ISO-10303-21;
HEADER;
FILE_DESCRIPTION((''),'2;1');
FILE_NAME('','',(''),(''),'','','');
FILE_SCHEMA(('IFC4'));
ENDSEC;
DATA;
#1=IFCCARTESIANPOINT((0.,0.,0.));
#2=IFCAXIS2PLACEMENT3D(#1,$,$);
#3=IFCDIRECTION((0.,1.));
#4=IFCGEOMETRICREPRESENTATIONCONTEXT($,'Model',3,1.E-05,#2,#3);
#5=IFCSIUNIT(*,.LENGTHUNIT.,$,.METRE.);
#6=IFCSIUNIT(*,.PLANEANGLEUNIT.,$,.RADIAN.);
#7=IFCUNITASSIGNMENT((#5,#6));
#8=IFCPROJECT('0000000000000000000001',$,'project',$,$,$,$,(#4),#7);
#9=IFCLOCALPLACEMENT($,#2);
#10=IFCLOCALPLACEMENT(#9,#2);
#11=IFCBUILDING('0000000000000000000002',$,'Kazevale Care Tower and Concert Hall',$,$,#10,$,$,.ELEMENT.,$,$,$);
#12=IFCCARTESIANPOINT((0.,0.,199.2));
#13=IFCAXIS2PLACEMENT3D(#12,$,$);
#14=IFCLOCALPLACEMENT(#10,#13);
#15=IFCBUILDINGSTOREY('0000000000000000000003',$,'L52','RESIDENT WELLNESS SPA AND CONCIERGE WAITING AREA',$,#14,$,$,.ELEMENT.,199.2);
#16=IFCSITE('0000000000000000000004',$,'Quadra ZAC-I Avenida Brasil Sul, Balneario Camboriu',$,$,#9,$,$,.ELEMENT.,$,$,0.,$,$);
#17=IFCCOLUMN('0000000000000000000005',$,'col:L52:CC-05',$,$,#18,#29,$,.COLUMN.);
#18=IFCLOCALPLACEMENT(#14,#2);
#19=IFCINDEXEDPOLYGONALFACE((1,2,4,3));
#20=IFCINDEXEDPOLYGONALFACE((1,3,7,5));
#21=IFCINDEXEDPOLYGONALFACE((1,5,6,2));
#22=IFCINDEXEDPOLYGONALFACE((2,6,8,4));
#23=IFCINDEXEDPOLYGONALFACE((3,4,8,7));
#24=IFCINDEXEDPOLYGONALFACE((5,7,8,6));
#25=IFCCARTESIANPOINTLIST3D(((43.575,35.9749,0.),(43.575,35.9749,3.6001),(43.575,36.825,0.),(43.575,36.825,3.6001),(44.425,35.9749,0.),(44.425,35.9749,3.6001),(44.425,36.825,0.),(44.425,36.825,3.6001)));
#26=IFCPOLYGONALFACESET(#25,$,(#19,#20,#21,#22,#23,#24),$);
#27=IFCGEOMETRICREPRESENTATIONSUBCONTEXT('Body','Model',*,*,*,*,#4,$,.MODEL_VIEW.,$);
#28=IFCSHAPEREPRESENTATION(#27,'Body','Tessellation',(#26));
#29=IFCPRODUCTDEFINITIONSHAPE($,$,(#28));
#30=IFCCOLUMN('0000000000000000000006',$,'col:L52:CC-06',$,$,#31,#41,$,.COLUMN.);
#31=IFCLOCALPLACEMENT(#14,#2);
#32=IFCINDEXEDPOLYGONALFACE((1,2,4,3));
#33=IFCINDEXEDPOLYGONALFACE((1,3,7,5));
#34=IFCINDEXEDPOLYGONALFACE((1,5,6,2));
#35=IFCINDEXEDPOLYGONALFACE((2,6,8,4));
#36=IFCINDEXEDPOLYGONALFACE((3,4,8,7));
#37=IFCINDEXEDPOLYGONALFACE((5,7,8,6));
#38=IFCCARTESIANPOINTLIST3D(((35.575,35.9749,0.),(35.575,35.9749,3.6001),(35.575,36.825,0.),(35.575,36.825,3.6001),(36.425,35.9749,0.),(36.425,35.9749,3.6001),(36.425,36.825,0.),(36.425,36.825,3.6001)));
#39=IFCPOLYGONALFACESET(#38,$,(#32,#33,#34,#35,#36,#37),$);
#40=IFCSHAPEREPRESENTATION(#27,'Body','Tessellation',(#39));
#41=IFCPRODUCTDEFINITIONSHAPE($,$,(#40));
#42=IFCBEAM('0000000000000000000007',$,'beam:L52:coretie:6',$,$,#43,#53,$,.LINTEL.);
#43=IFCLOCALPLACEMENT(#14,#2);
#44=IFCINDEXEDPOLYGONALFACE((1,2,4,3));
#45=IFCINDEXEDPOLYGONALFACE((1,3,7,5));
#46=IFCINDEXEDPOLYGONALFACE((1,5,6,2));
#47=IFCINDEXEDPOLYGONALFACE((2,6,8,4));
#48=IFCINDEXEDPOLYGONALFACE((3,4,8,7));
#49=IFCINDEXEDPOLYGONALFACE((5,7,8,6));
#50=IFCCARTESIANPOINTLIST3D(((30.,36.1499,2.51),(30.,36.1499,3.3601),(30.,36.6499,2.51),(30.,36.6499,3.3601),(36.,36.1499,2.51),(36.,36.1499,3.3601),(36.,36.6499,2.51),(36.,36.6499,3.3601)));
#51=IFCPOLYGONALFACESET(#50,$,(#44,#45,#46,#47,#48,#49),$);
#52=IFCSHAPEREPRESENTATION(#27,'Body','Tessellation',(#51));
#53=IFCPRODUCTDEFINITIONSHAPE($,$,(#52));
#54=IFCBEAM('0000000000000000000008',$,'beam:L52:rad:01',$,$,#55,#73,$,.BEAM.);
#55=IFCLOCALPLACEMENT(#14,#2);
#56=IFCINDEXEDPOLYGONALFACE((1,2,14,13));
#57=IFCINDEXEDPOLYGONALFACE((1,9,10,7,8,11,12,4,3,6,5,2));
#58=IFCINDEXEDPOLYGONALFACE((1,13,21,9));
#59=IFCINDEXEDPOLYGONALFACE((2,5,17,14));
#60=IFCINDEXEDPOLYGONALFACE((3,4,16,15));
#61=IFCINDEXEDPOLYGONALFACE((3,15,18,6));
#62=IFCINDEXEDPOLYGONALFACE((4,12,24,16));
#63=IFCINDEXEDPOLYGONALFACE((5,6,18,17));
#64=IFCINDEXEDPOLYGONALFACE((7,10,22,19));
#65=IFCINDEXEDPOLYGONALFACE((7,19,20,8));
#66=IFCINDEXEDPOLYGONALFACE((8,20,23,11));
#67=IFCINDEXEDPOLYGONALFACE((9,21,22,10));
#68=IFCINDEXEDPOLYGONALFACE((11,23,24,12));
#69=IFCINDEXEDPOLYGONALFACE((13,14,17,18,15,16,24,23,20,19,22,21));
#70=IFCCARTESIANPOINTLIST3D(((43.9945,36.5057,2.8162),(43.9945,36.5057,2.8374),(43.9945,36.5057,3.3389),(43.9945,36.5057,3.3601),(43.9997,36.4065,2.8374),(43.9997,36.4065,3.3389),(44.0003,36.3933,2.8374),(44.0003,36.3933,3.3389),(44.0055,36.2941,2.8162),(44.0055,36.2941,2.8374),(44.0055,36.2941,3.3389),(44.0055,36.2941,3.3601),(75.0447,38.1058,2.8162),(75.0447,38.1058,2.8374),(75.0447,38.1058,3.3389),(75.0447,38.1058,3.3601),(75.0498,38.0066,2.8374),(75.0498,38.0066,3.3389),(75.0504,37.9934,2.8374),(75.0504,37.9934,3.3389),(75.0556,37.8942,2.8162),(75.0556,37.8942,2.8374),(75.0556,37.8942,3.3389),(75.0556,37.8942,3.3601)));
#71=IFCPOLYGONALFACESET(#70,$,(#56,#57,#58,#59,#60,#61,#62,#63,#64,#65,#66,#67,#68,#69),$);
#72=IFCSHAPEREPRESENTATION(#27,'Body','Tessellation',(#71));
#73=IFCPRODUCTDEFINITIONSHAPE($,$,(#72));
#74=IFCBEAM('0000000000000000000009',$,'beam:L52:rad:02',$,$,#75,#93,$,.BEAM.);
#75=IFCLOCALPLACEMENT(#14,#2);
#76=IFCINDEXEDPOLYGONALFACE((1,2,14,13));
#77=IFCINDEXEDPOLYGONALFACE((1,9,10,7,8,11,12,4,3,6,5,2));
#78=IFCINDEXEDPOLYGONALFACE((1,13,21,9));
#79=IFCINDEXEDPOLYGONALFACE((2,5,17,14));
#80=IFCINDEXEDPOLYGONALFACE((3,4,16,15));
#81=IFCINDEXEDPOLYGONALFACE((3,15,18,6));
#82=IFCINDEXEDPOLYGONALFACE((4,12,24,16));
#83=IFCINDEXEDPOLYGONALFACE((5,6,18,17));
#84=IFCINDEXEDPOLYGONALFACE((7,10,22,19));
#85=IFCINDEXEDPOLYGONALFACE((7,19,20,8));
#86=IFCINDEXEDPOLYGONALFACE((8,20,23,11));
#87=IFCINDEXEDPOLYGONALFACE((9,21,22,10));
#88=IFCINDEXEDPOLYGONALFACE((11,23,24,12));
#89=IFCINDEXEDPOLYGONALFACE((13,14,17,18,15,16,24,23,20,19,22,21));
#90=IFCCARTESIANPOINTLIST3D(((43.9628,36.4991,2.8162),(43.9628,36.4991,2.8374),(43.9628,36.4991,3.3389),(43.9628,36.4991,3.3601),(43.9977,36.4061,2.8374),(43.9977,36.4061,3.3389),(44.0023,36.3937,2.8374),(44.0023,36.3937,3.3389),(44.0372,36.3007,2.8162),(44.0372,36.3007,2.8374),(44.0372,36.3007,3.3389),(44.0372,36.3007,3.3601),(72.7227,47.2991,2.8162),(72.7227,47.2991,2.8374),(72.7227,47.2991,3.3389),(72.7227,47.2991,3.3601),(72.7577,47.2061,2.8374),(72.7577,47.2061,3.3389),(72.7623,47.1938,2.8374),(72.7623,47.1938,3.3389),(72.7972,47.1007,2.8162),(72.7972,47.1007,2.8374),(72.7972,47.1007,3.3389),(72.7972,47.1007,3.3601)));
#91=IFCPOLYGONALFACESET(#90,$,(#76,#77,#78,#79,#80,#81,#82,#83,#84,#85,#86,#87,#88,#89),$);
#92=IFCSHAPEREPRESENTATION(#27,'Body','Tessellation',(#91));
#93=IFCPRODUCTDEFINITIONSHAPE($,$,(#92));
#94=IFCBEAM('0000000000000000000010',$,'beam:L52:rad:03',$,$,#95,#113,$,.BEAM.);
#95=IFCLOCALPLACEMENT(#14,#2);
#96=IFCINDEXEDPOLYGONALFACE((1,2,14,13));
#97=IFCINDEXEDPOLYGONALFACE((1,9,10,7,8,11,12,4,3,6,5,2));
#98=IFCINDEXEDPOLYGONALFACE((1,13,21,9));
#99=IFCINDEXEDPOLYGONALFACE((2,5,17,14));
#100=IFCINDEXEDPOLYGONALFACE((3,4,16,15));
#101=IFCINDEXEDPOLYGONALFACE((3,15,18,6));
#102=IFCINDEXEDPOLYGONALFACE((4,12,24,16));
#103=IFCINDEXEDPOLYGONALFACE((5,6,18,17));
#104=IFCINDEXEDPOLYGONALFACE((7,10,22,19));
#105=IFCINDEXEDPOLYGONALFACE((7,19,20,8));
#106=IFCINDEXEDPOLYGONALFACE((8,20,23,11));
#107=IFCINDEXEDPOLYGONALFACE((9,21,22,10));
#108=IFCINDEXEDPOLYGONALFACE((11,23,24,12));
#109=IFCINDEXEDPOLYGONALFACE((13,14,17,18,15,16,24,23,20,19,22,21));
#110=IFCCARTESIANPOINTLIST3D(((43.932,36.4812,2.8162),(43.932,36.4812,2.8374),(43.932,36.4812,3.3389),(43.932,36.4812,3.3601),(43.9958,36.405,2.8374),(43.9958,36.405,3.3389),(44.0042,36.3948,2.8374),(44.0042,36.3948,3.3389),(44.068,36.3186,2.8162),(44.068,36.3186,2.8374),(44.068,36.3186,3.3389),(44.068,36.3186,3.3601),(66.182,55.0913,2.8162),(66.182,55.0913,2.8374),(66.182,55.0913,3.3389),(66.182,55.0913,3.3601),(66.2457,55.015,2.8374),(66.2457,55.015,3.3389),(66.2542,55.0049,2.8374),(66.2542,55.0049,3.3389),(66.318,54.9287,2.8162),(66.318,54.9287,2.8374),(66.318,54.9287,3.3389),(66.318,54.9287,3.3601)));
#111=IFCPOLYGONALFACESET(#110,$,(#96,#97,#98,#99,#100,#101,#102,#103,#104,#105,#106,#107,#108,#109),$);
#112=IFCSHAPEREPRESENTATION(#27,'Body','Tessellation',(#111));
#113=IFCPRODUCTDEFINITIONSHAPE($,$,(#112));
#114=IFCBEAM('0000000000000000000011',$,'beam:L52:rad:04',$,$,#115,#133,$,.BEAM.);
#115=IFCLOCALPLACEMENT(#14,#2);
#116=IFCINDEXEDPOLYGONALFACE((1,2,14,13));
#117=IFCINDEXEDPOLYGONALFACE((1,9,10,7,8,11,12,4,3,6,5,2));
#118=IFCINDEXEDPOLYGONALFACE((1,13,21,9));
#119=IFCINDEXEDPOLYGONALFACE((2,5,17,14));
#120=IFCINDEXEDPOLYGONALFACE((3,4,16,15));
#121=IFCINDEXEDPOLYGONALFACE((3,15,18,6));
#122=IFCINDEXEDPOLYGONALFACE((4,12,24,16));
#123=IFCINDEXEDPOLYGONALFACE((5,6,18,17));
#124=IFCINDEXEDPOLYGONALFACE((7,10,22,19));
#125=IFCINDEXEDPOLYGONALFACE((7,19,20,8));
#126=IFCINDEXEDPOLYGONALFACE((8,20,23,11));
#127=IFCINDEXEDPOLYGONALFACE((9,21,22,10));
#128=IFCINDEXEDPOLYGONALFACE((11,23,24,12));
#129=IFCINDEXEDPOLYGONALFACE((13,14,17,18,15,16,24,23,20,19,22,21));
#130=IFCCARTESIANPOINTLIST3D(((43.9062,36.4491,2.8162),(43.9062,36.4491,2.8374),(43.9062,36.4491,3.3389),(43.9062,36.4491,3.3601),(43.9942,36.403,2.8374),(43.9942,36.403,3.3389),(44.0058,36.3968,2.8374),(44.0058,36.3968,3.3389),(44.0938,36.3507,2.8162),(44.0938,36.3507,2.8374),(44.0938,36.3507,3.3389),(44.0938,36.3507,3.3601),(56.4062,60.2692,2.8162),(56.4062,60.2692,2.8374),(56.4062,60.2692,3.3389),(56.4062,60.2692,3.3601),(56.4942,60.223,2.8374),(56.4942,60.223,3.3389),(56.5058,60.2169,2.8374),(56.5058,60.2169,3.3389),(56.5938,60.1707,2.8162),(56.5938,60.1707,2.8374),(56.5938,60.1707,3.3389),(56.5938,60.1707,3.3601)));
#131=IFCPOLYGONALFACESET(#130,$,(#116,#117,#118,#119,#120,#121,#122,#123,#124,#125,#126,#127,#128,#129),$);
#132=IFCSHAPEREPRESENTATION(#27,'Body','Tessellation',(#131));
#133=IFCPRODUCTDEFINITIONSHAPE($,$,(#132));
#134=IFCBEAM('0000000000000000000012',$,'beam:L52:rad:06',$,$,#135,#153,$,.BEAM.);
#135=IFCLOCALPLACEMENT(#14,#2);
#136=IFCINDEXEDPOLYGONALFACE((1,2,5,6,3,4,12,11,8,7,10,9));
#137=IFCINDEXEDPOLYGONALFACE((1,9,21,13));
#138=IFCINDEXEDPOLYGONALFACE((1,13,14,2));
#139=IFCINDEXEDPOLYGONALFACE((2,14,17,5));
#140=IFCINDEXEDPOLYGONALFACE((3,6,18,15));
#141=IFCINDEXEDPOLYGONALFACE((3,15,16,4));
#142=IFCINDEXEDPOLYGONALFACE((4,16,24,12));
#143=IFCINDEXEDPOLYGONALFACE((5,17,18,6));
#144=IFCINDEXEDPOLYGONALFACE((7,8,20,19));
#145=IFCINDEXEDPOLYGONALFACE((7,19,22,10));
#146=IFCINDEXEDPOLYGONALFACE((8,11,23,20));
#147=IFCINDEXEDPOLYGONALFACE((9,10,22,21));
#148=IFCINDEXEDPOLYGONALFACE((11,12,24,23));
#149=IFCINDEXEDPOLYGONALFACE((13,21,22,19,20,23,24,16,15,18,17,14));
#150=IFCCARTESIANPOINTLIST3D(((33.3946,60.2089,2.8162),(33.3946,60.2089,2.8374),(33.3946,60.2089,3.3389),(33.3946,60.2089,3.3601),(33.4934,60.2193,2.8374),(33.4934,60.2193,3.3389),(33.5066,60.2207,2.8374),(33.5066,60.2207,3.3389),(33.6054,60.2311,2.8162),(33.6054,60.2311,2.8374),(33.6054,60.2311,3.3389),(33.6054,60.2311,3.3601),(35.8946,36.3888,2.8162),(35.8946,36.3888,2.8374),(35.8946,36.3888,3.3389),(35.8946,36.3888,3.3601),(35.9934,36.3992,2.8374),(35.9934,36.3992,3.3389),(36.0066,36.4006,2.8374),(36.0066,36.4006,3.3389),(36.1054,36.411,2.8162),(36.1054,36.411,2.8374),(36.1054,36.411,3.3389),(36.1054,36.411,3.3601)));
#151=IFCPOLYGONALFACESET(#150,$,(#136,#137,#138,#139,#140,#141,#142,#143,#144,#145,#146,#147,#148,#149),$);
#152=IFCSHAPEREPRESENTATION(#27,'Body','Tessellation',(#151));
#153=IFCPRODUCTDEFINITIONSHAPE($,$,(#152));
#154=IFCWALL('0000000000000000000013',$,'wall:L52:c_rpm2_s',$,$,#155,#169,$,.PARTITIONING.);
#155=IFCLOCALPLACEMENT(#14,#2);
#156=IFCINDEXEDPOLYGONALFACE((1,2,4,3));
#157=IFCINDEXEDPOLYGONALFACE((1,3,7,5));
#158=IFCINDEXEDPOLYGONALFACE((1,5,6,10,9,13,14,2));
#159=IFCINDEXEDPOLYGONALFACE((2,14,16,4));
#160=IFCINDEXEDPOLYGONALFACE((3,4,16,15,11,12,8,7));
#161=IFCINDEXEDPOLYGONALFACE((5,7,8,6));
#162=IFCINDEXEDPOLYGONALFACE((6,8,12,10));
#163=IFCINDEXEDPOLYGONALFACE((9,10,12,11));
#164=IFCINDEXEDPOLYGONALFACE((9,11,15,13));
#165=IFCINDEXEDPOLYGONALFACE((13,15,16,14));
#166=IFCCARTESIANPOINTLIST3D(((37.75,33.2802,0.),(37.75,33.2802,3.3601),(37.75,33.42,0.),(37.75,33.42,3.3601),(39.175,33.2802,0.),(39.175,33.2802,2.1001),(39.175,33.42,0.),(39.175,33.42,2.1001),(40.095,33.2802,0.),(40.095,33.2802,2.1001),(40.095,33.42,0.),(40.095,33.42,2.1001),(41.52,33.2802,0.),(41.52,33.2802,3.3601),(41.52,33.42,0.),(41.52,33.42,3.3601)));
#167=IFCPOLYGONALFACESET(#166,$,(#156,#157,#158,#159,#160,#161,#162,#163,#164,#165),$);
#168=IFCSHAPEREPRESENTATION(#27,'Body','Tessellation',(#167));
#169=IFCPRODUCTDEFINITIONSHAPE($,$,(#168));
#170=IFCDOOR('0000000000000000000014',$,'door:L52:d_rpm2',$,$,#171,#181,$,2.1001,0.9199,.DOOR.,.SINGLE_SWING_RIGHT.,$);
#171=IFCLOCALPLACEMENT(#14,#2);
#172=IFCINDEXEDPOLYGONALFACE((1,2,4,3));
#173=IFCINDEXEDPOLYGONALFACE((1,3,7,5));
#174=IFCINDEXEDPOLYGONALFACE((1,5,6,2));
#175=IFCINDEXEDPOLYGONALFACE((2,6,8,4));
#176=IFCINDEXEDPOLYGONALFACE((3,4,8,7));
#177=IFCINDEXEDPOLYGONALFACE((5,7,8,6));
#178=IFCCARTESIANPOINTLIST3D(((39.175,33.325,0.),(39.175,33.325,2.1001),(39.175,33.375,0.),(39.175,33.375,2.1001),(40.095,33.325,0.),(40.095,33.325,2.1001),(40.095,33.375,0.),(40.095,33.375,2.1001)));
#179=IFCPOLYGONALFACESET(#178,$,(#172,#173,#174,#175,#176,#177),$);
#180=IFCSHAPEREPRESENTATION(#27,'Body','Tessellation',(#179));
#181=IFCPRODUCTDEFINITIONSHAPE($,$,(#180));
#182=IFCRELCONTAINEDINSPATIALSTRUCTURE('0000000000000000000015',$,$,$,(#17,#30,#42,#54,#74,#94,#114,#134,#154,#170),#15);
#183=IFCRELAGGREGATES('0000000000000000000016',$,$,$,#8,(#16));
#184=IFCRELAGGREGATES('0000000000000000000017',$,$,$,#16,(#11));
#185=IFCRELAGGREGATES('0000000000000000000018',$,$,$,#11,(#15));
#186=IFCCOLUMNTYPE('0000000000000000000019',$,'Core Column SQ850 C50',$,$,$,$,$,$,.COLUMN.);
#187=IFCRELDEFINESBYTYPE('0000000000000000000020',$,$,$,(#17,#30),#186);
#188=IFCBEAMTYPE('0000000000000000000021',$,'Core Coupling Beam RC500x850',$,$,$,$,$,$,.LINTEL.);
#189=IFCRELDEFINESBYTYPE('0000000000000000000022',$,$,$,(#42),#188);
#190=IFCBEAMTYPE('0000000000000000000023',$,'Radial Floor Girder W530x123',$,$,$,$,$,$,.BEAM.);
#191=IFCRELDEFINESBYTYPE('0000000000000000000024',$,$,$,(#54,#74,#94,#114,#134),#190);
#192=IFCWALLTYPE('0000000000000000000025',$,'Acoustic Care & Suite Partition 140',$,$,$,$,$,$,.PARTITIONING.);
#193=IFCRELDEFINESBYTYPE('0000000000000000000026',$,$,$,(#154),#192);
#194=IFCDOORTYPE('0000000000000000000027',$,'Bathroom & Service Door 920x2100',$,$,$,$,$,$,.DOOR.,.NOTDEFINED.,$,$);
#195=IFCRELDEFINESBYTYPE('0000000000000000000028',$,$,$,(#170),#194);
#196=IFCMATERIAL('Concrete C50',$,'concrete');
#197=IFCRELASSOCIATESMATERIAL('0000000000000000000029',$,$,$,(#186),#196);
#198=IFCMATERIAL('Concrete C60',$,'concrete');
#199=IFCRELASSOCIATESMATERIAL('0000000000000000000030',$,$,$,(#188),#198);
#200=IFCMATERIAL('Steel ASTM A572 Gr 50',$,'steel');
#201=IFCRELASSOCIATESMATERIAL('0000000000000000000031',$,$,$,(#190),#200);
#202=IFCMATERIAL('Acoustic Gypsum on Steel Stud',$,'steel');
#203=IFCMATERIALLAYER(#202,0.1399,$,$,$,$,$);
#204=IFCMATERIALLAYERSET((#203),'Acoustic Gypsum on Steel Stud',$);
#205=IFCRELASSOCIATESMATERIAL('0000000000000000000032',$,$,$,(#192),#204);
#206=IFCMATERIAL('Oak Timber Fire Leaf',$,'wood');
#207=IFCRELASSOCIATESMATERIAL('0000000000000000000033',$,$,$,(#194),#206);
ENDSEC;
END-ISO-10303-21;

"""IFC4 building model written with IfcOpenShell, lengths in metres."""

from ifc_helpers import new_model, si_unit, direction, frame, frame_2d, origin, origin_2d, place, context, subcontext, project, spatial, rectangle, i_section, extrude, material, layer, layer_set, material_profile, profile_set, type_object, element, fill, save


model = new_model("IFC4")

# Units and contexts
model_context = context("Model", 3, precision=1e-05, world=origin(), true_north=direction((0.0, 1.0)))
body_context = subcontext(model_context, "Body", "Model", "MODEL_VIEW")
ifc_project = project(units=[si_unit("LENGTHUNIT", "METRE"), si_unit("PLANEANGLEUNIT", "RADIAN")], contexts=[model_context])

# Site, building, storey
site_placement = place(None, origin())
site = spatial("IfcSite", under=ifc_project, at=site_placement, Name="Quadra ZAC-I Avenida Brasil Sul, Balneario Camboriu", CompositionType="ELEMENT", RefElevation=0.0)
building_placement = place(site_placement, origin())
building = spatial("IfcBuilding", under=site, at=building_placement, Name="Kazevale Care Tower and Concert Hall", CompositionType="ELEMENT")
storey_placement = place(building_placement, frame((0.0, 0.0, 199.2)))
storey = spatial("IfcBuildingStorey", under=building, at=storey_placement, Name="L52", Description="RESIDENT WELLNESS SPA AND CONCIERGE WAITING AREA", CompositionType="ELEMENT", Elevation=199.2)

# Columns
ifc_material_1 = material(Name="Concrete C50", Category="concrete")
ifc_material_profile_1 = material_profile(ifc_material_1, rectangle(XDim=0.8501, YDim=0.8501, at=origin_2d()), Name="RC-SQ850")
ifc_profile_set_1 = profile_set([ifc_material_profile_1], Name="Concrete C50")
column_type = type_object("IfcColumnType", Name="Core Column SQ850 C50", PredefinedType="COLUMN", material=ifc_profile_set_1)
for number, where, z_axis, x_axis, name in (
    (1, (44.0, 36.3999, 0.0), (0.0, 0.0, 1.0), (1.0, 0.0, 0.0), "col:L52:CC-05"),
    (2, (36.0, 36.3999, 0.0), (0.0, 0.0, 1.0), (1.0, 0.0, 0.0), "col:L52:CC-06"),
):
    element("IfcColumn", number, at=place(storey_placement, frame(where, z_axis=z_axis, x_axis=x_axis)), inside=storey, type_object=column_type, Name=name, PredefinedType="COLUMN", context=body_context, shape_type="SweptSolid", body=[
        extrude(rectangle(XDim=0.8501, YDim=0.8501, at=origin_2d()), origin(), (0.0, 0.0, 1.0), 3.6001),
    ])

# Beams
ifc_material_2 = material(Name="Concrete C60", Category="concrete")
ifc_material_profile_2 = material_profile(ifc_material_2, rectangle(XDim=0.5, YDim=0.8501, at=origin_2d()), Name="RC-B500x850")
ifc_profile_set_2 = profile_set([ifc_material_profile_2], Name="Concrete C60")
beam_type_1 = type_object("IfcBeamType", Name="Core Coupling Beam RC500x850", PredefinedType="LINTEL", material=ifc_profile_set_2)
beam_1_placement = place(storey_placement, frame((36.0, 36.3999, 2.9351), z_axis=(-1.0, 0.0, 0.0), x_axis=(0.0, -1.0, 0.0)))
element("IfcBeam", 3, at=beam_1_placement, inside=storey, type_object=beam_type_1, Name="beam:L52:coretie:6", PredefinedType="LINTEL", context=body_context, shape_type="SweptSolid", body=[
    extrude(rectangle(XDim=0.5, YDim=0.8501, at=origin_2d()), origin(), (0.0, 0.0, 1.0), 6.0),
])
ifc_material_3 = material(Name="Steel ASTM A572 Gr 50", Category="steel")
ifc_material_profile_3 = material_profile(ifc_material_3, i_section(OverallWidth=0.2119, OverallDepth=0.5439, WebThickness=0.0132, FlangeThickness=0.0212, at=origin_2d()), Name="W530x123")
ifc_profile_set_3 = profile_set([ifc_material_profile_3], Name="Steel ASTM A572 Gr 50")
beam_type_2 = type_object("IfcBeamType", Name="Radial Floor Girder W530x123", PredefinedType="BEAM", material=ifc_profile_set_3)
beam_2_placement = place(storey_placement, frame((44.0, 36.3999, 3.0881), z_axis=(0.998675, 0.051465, 0.0), x_axis=(-0.051465, 0.998675, 0.0)))
element("IfcBeam", 4, at=beam_2_placement, inside=storey, type_object=beam_type_2, Name="beam:L52:rad:01", PredefinedType="BEAM", context=body_context, shape_type="SweptSolid", body=[
    extrude(i_section(OverallWidth=0.2119, OverallDepth=0.5439, WebThickness=0.0132, FlangeThickness=0.0212, at=origin_2d()), origin(), (0.0, 0.0, 1.0), 31.0913),
])
beam_3_placement = place(storey_placement, frame((44.0, 36.3999, 3.0881), z_axis=(0.936168, 0.351553, 0.0), x_axis=(-0.351553, 0.936168, 0.0)))
element("IfcBeam", 5, at=beam_3_placement, inside=storey, type_object=beam_type_2, Name="beam:L52:rad:02", PredefinedType="BEAM", context=body_context, shape_type="SweptSolid", body=[
    extrude(i_section(OverallWidth=0.2119, OverallDepth=0.5439, WebThickness=0.0132, FlangeThickness=0.0212, at=origin_2d()), origin(), (0.0, 0.0, 1.0), 30.7209),
])
beam_4_placement = place(storey_placement, frame((44.0, 36.3999, 3.0881), z_axis=(0.76706, 0.641576, 0.0), x_axis=(-0.641576, 0.76706, 0.0)))
element("IfcBeam", 6, at=beam_4_placement, inside=storey, type_object=beam_type_2, Name="beam:L52:rad:03", PredefinedType="BEAM", context=body_context, shape_type="SweptSolid", body=[
    extrude(i_section(OverallWidth=0.2119, OverallDepth=0.5439, WebThickness=0.0132, FlangeThickness=0.0212, at=origin_2d()), origin(), (0.0, 0.0, 1.0), 29.0068),
])
beam_5_placement = place(storey_placement, frame((44.0, 36.3999, 3.0881), z_axis=(0.464673, 0.885483, 0.0), x_axis=(-0.885483, 0.464673, 0.0)))
element("IfcBeam", 7, at=beam_5_placement, inside=storey, type_object=beam_type_2, Name="beam:L52:rad:04", PredefinedType="BEAM", context=body_context, shape_type="SweptSolid", body=[
    extrude(i_section(OverallWidth=0.2119, OverallDepth=0.5439, WebThickness=0.0132, FlangeThickness=0.0212, at=origin_2d()), origin(), (0.0, 0.0, 1.0), 26.9006),
])
beam_6_placement = place(storey_placement, frame((36.0, 36.3999, 3.0881), z_axis=(-0.10438, 0.994537, 0.0), x_axis=(-0.994537, -0.10438, 0.0)))
element("IfcBeam", 8, at=beam_6_placement, inside=storey, type_object=beam_type_2, Name="beam:L52:rad:06", PredefinedType="BEAM", context=body_context, shape_type="SweptSolid", body=[
    extrude(i_section(OverallWidth=0.2119, OverallDepth=0.5439, WebThickness=0.0132, FlangeThickness=0.0212, at=origin_2d()), origin(), (0.0, 0.0, 1.0), 23.9509),
])

# Wall, opening, door
ifc_material_4 = material(Name="Acoustic Gypsum on Steel Stud", Category="steel")
ifc_layer_1 = layer(ifc_material_4, 0.1399)
ifc_layer_set_1 = layer_set([ifc_layer_1], Name="Acoustic Gypsum on Steel Stud")
wall_type_1 = type_object("IfcWallType", Name="Acoustic Care & Suite Partition 140", PredefinedType="PARTITIONING", material=ifc_layer_set_1)
wall_1_placement = place(storey_placement, frame((37.75, 33.3501, 0.0), z_axis=(0.0, 0.0, 1.0), x_axis=(1.0, 0.0, 0.0)))
wall_1 = element("IfcWall", 9, at=wall_1_placement, inside=storey, type_object=wall_type_1, Name="wall:L52:c_rpm2_s", PredefinedType="PARTITIONING", context=body_context, shape_type="SweptSolid", body=[
    extrude(rectangle(XDim=3.77, YDim=0.1399, at=frame_2d((1.885, 0.0))), origin(), (0.0, 0.0, 1.0), 3.3601),
])
opening_1_placement = place(wall_1_placement, frame((1.425, 0.0, 0.0)))
opening_1 = element("IfcOpeningElement", 10, at=opening_1_placement, cuts=wall_1, PredefinedType="OPENING", context=body_context, shape_type="SweptSolid", body=[
    extrude(rectangle(XDim=0.9199, YDim=2.1001, at=frame_2d((0.46, 1.05))), frame((0.0, 0.0798, 0.0), z_axis=(0.0, -1.0, 0.0), x_axis=(1.0, 0.0, 0.0)), (0.0, 0.0, 1.0), 0.1599),
])
ifc_material_5 = material(Name="Oak Timber Fire Leaf", Category="wood")
door_type_1 = type_object("IfcDoorType", Name="Bathroom & Service Door 920x2100", OperationType="NOTDEFINED", PredefinedType="DOOR", material=ifc_material_5)
door_1_placement = place(opening_1_placement, origin())
door_1 = element("IfcDoor", 11, at=door_1_placement, inside=storey, type_object=door_type_1, Name="door:L52:d_rpm2", OperationType="SINGLE_SWING_RIGHT", OverallHeight=2.1001, OverallWidth=0.9199, PredefinedType="DOOR", context=body_context, shape_type="SweptSolid", body=[
    extrude(rectangle(XDim=0.9199, YDim=2.1001, at=frame_2d((0.46, 1.05))), frame((0.0, 0.0249, 0.0), z_axis=(0.0, -1.0, 0.0), x_axis=(1.0, 0.0, 0.0)), (0.0, 0.0, 1.0), 0.05),
])
fill(opening_1, door_1)

save(model, "model.ifc")
